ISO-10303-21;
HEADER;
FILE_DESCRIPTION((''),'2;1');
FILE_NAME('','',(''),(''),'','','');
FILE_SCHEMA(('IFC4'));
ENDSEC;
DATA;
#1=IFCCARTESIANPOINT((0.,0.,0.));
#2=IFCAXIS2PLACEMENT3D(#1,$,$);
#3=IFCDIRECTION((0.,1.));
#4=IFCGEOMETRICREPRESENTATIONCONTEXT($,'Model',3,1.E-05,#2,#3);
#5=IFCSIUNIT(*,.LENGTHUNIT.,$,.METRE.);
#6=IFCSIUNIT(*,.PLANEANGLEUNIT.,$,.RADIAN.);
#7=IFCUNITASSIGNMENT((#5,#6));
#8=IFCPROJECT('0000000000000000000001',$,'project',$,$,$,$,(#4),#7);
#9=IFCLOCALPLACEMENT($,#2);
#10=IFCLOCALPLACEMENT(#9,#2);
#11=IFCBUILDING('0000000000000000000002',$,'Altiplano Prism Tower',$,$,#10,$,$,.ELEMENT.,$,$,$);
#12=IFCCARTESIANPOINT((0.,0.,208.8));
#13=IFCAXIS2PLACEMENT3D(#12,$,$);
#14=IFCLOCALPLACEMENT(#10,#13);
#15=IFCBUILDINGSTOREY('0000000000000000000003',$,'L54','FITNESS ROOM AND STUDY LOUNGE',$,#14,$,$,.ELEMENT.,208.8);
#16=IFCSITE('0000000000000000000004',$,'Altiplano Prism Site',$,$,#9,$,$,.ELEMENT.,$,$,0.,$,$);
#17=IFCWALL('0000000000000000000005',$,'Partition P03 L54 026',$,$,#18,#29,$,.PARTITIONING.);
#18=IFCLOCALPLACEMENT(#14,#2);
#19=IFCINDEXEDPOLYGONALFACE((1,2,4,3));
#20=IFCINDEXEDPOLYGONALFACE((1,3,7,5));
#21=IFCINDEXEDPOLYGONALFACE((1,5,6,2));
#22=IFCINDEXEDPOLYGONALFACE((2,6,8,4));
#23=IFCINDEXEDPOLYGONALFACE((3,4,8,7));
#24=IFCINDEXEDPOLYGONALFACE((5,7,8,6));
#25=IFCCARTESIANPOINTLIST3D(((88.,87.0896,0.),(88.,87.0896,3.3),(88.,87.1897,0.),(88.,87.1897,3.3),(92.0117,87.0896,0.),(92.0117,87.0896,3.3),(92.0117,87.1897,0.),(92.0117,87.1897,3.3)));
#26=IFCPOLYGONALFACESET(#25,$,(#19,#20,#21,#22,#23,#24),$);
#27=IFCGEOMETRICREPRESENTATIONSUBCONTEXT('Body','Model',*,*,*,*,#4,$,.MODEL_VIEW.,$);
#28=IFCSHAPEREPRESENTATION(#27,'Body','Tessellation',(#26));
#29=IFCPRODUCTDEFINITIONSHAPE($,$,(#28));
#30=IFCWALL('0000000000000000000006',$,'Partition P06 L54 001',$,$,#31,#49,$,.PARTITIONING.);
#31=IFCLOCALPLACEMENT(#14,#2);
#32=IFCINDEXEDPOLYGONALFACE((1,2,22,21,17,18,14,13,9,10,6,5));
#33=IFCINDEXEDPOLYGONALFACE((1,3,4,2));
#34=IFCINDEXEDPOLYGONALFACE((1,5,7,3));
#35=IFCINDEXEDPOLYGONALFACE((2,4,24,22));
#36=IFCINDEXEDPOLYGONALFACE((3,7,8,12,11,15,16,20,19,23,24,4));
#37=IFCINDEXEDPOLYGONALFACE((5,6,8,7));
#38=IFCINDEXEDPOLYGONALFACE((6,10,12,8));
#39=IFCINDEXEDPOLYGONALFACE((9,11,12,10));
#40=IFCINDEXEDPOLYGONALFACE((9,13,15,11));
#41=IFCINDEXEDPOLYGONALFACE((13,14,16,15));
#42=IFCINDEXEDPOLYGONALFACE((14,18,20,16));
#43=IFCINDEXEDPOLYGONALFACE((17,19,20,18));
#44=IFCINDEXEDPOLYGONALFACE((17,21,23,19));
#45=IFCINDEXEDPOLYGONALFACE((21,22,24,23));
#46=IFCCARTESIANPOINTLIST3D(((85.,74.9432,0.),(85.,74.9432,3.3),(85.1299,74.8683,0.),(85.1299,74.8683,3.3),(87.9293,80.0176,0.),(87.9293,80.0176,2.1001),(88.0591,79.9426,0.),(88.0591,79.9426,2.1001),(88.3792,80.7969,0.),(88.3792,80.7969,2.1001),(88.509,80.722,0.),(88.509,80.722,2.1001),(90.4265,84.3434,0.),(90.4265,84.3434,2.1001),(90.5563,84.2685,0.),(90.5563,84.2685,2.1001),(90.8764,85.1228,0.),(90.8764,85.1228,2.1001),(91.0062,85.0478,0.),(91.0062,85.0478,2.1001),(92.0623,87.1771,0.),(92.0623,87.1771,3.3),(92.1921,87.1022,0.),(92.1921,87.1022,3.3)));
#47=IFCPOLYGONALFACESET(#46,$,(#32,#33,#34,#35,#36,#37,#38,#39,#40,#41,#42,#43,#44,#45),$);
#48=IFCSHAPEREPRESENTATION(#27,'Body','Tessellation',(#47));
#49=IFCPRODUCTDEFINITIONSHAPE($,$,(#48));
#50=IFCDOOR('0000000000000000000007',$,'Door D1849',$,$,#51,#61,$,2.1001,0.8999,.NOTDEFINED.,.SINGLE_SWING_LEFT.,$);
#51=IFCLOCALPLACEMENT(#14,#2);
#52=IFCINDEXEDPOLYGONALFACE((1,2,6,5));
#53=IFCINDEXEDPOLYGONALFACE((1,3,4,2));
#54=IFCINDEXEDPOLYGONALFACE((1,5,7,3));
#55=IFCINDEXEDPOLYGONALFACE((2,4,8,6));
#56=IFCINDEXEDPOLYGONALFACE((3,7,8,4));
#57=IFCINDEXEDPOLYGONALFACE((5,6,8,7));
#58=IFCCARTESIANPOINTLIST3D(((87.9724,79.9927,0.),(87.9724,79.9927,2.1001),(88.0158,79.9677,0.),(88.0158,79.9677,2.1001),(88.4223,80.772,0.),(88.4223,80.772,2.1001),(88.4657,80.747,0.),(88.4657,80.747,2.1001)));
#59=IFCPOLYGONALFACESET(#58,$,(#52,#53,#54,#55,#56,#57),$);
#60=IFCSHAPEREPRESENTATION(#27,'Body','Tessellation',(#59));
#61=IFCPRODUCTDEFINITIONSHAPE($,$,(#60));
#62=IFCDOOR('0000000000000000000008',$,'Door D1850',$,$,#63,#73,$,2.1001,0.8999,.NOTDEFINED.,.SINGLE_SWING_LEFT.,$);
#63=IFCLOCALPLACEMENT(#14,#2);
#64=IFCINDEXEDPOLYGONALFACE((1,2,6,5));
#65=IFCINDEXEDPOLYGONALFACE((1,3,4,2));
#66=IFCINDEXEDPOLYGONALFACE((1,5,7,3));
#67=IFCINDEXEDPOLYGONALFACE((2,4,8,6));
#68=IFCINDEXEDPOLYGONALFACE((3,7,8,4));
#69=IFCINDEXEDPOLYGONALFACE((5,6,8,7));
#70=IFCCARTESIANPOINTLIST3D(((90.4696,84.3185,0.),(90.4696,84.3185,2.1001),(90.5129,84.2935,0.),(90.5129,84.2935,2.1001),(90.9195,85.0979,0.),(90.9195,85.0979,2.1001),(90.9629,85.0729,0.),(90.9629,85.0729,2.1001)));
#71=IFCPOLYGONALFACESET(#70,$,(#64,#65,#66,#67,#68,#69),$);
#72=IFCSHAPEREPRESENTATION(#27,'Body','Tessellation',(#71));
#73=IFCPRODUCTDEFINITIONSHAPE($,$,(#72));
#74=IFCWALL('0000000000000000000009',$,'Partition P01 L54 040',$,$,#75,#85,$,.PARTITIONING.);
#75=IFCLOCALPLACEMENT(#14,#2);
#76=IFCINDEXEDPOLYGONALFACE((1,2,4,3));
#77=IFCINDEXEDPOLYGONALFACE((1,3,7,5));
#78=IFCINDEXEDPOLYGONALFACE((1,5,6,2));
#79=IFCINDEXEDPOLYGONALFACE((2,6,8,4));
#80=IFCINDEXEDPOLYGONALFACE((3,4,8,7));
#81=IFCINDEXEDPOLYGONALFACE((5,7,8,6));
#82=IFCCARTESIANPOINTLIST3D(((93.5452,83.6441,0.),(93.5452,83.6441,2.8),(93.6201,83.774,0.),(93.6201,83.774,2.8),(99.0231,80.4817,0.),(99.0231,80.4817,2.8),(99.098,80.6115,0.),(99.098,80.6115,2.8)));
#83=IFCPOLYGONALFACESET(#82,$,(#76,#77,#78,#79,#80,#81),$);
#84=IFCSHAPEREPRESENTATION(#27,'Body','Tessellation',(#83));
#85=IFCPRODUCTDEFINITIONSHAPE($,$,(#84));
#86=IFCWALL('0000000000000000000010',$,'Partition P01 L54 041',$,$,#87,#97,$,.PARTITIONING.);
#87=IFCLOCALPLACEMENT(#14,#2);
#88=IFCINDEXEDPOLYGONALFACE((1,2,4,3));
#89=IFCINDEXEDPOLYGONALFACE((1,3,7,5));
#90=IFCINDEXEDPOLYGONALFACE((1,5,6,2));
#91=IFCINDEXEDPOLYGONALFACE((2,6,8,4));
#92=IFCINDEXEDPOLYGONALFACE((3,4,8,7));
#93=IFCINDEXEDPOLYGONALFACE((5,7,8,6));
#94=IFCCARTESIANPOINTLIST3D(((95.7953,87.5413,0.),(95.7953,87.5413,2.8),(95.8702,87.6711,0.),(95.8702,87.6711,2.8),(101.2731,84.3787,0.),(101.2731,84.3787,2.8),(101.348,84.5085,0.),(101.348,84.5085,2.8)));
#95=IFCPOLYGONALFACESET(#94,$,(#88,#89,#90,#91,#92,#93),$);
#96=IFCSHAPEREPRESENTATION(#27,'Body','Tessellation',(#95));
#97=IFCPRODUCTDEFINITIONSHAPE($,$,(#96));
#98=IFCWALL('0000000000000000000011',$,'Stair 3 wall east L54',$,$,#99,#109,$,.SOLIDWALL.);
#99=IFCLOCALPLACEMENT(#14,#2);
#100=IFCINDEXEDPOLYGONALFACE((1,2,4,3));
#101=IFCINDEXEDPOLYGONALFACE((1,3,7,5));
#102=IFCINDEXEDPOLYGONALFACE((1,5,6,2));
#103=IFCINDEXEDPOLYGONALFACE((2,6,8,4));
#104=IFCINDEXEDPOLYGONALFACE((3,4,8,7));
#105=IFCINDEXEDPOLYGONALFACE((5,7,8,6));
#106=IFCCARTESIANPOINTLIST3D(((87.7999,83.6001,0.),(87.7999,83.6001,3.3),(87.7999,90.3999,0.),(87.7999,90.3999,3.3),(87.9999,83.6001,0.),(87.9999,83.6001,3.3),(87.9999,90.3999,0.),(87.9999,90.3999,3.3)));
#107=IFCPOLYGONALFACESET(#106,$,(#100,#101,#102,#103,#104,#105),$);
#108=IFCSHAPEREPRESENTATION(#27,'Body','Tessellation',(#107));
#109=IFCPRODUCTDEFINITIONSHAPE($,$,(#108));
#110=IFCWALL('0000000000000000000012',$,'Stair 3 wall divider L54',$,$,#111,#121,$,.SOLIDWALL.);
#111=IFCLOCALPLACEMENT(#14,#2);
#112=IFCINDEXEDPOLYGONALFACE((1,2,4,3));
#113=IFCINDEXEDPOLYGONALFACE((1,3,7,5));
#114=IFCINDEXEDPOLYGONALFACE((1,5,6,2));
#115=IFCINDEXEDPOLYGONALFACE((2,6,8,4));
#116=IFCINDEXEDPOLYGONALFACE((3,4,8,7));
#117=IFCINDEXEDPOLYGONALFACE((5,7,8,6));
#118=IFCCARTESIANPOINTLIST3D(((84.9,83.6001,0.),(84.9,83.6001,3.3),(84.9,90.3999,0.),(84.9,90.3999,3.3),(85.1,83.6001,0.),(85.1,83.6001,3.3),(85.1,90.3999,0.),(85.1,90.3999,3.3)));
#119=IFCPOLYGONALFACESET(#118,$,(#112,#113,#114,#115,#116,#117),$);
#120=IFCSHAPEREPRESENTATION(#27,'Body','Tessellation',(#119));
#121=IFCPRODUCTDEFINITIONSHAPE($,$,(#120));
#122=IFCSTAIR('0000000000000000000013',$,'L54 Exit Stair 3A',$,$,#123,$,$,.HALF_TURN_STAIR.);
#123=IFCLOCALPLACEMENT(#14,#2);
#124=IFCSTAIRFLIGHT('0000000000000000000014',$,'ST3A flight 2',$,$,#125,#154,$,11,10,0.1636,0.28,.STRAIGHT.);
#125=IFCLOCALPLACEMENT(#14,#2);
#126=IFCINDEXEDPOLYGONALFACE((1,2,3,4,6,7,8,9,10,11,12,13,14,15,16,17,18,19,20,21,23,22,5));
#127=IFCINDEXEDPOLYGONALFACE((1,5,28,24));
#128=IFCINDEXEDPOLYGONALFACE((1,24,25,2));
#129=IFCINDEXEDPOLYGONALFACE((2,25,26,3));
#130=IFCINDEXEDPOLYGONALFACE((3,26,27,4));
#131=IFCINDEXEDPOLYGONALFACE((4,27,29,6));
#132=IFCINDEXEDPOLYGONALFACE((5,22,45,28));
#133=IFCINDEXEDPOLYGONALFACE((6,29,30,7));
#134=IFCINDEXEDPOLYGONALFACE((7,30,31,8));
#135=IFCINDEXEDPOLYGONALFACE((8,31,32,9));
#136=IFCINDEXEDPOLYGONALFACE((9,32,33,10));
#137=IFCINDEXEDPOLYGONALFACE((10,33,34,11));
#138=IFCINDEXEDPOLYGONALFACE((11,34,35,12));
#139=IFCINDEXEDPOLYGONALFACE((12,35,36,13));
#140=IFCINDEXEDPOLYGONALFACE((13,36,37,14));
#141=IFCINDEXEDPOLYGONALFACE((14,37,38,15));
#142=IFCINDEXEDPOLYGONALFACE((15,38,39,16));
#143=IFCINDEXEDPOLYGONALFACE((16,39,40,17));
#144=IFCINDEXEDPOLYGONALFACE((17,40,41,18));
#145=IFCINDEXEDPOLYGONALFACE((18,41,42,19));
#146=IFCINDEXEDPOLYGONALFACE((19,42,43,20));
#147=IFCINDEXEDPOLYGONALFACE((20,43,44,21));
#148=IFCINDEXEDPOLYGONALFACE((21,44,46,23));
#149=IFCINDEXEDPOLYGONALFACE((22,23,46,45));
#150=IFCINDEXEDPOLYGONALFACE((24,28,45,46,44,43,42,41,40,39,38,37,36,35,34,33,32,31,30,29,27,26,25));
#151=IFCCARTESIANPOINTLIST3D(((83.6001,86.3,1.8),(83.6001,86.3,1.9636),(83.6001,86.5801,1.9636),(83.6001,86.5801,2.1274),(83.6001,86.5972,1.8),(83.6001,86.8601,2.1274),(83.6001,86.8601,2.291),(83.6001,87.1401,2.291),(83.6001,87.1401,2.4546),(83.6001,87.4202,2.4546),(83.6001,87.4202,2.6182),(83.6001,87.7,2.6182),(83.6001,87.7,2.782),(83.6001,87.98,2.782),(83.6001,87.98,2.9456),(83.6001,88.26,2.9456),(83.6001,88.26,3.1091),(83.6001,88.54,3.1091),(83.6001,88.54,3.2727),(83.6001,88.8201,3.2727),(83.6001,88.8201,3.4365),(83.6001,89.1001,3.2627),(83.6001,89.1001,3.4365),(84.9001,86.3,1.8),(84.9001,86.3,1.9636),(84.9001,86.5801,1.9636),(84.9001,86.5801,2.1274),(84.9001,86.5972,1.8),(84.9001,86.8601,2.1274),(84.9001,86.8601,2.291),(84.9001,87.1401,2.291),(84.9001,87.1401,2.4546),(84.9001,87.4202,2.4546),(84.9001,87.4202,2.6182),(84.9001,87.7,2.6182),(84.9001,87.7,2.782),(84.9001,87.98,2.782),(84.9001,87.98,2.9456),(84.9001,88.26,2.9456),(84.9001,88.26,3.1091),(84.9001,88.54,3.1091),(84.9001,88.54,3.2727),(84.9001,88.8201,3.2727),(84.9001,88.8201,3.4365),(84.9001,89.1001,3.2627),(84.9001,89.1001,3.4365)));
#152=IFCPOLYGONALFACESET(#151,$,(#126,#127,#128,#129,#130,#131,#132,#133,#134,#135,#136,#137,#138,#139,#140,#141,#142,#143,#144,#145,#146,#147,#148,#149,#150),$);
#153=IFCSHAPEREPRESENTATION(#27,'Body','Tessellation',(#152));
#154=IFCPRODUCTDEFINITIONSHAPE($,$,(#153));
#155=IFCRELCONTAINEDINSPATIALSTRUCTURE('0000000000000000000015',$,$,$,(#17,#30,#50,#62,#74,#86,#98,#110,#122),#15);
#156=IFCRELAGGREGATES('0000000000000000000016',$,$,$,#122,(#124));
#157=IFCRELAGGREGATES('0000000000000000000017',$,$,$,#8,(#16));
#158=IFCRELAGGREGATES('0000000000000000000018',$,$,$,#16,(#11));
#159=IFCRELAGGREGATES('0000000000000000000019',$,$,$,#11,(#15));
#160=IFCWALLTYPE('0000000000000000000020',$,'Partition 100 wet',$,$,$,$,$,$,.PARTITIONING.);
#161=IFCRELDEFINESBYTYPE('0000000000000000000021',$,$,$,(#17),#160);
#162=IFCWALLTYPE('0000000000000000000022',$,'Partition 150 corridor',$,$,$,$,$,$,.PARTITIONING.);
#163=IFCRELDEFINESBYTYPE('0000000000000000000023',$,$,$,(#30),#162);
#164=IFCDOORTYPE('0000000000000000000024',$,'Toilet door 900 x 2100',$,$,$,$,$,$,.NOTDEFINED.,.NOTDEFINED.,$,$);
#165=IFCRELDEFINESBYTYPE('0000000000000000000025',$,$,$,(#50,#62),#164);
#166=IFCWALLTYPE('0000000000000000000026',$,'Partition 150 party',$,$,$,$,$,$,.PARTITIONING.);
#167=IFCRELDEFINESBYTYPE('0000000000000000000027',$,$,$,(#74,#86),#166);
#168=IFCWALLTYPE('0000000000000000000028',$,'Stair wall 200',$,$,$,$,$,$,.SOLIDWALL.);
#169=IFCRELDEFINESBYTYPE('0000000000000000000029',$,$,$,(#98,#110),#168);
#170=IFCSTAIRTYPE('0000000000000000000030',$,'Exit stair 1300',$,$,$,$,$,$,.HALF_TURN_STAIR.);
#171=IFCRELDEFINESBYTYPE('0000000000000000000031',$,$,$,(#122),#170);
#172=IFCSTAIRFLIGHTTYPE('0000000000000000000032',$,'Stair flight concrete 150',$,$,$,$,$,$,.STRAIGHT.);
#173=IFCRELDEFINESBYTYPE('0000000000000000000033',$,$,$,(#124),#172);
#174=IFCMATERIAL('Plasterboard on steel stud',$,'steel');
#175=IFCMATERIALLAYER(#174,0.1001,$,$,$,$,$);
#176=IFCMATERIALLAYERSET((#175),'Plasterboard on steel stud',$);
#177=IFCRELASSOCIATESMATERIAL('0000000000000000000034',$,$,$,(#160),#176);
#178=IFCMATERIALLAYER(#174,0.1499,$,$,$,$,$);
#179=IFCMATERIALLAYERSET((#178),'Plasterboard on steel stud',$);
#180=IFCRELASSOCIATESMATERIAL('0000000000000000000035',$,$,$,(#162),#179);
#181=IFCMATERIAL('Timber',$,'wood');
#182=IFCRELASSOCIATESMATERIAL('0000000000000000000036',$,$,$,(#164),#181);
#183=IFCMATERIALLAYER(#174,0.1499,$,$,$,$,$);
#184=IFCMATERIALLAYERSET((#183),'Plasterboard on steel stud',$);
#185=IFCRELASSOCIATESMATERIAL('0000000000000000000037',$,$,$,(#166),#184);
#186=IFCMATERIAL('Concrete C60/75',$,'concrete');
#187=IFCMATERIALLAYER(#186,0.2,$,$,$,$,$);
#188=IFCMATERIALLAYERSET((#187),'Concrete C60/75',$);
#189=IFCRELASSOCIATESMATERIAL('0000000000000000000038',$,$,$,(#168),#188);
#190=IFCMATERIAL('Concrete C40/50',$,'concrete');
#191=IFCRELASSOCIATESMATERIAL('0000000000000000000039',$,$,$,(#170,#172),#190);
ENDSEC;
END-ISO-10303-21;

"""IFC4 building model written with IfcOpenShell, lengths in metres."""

from ifc_helpers import new_model, si_unit, direction, frame, frame_2d, origin, place, context, subcontext, project, spatial, polyline, rectangle, outline, extrude, material, layer, layer_set, type_object, element, fill, aggregate, save


model = new_model("IFC4")

# Units and contexts
model_context = context("Model", 3, precision=1e-05, world=origin(), true_north=direction((0.0, 1.0)))
body_context = subcontext(model_context, "Body", "Model", "MODEL_VIEW")
ifc_project = project(units=[si_unit("LENGTHUNIT", "METRE"), si_unit("PLANEANGLEUNIT", "RADIAN")], contexts=[model_context])

# Site, building, storey
site_placement = place(None, origin())
site = spatial("IfcSite", under=ifc_project, at=site_placement, Name="Altiplano Prism Site", CompositionType="ELEMENT", RefElevation=0.0)
building_placement = place(site_placement, origin())
building = spatial("IfcBuilding", under=site, at=building_placement, Name="Altiplano Prism Tower", CompositionType="ELEMENT")
storey_placement = place(building_placement, frame((0.0, 0.0, 208.8)))
storey = spatial("IfcBuildingStorey", under=building, at=storey_placement, Name="L54", Description="FITNESS ROOM AND STUDY LOUNGE", CompositionType="ELEMENT", Elevation=208.8)

# Shared definitions
ifc_material_1 = material(Name="Concrete C60/75", Category="concrete")

# Wall
ifc_material_2 = material(Name="Plasterboard on steel stud", Category="steel")
ifc_layer_1 = layer(ifc_material_2, 0.1001)
ifc_layer_set_1 = layer_set([ifc_layer_1], Name="Plasterboard on steel stud")
wall_type_1 = type_object("IfcWallType", Name="Partition 100 wet", PredefinedType="PARTITIONING", material=ifc_layer_set_1)
wall_1_placement = place(storey_placement, frame((92.0117, 87.1396, 0.0), z_axis=(0.0, 0.0, 1.0), x_axis=(-1.0, 0.0, 0.0)))
element("IfcWall", 1, at=wall_1_placement, inside=storey, type_object=wall_type_1, Name="Partition P03 L54 026", PredefinedType="PARTITIONING", context=body_context, shape_type="SweptSolid", body=[
    extrude(rectangle(XDim=4.0117, YDim=0.1001, at=frame_2d((2.0059, 0.0))), origin(), (0.0, 0.0, 1.0), 3.3),
])

# Wall, openings, doors
ifc_layer_2 = layer(ifc_material_2, 0.1499)
ifc_layer_set_2 = layer_set([ifc_layer_2], Name="Plasterboard on steel stud")
wall_type_2 = type_object("IfcWallType", Name="Partition 150 corridor", PredefinedType="PARTITIONING", material=ifc_layer_set_2)
wall_2_placement = place(storey_placement, frame((92.1272, 87.1396, 0.0), z_axis=(0.0, 0.0, 1.0), x_axis=(-0.499948, -0.866056, 0.0)))
wall_2 = element("IfcWall", 2, at=wall_2_placement, inside=storey, type_object=wall_type_2, Name="Partition P06 L54 001", PredefinedType="PARTITIONING", context=body_context, shape_type="SweptSolid", body=[
    extrude(rectangle(XDim=14.126, YDim=0.1499, at=frame_2d((7.063, 0.0))), origin(), (0.0, 0.0, 1.0), 3.3),
])
opening_1_placement = place(wall_2_placement, frame((7.3669, 0.0, 0.0)))
opening_1 = element("IfcOpeningElement", 3, at=opening_1_placement, cuts=wall_2, PredefinedType="OPENING", context=body_context, shape_type="SweptSolid", body=[
    extrude(rectangle(XDim=0.8999, YDim=2.1001, at=frame_2d((0.45, 1.05))), frame((0.0, 0.0854, 0.0), z_axis=(0.0, -1.0, 0.0), x_axis=(1.0, 0.0, 0.0)), (0.0, 0.0, 1.0), 0.1709),
])
opening_2_placement = place(wall_2_placement, frame((2.3721, 0.0, 0.0)))
opening_2 = element("IfcOpeningElement", 4, at=opening_2_placement, cuts=wall_2, PredefinedType="OPENING", context=body_context, shape_type="SweptSolid", body=[
    extrude(rectangle(XDim=0.8999, YDim=2.1001, at=frame_2d((0.45, 1.05))), frame((0.0, 0.0854, 0.0), z_axis=(0.0, -1.0, 0.0), x_axis=(1.0, 0.0, 0.0)), (0.0, 0.0, 1.0), 0.1709),
])
ifc_material_3 = material(Name="Timber", Category="wood")
door_type = type_object("IfcDoorType", Name="Toilet door 900 x 2100", OperationType="NOTDEFINED", PredefinedType="NOTDEFINED", material=ifc_material_3)
door_1_placement = place(opening_1_placement, origin())
door_1 = element("IfcDoor", 5, at=door_1_placement, inside=storey, type_object=door_type, Name="Door D1849", OperationType="SINGLE_SWING_LEFT", OverallHeight=2.1001, OverallWidth=0.8999, PredefinedType="NOTDEFINED", context=body_context, shape_type="SweptSolid", body=[
    extrude(rectangle(XDim=0.8999, YDim=2.1001, at=frame_2d((0.45, 1.05))), frame((0.0, 0.0249, 0.0), z_axis=(0.0, -1.0, 0.0), x_axis=(1.0, 0.0, 0.0)), (0.0, 0.0, 1.0), 0.05),
])
fill(opening_1, door_1)
door_2_placement = place(opening_2_placement, origin())
door_2 = element("IfcDoor", 6, at=door_2_placement, inside=storey, type_object=door_type, Name="Door D1850", OperationType="SINGLE_SWING_LEFT", OverallHeight=2.1001, OverallWidth=0.8999, PredefinedType="NOTDEFINED", context=body_context, shape_type="SweptSolid", body=[
    extrude(rectangle(XDim=0.8999, YDim=2.1001, at=frame_2d((0.45, 1.05))), frame((0.0, 0.0249, 0.0), z_axis=(0.0, -1.0, 0.0), x_axis=(1.0, 0.0, 0.0)), (0.0, 0.0, 1.0), 0.05),
])
fill(opening_2, door_2)

# Walls
ifc_layer_3 = layer(ifc_material_2, 0.1499)
ifc_layer_set_3 = layer_set([ifc_layer_3], Name="Plasterboard on steel stud")
wall_type_3 = type_object("IfcWallType", Name="Partition 150 party", PredefinedType="PARTITIONING", material=ifc_layer_set_3)
for number, where, z_axis, x_axis, name in (
    (7, (99.0605, 80.5466, 0.0), (0.0, 0.0, 1.0), (-0.866042, 0.499971, 0.0), "Partition P01 L54 040"),
    (8, (101.3105, 84.4436, 0.0), (0.0, 0.0, 1.0), (-0.866026, 0.5, 0.0), "Partition P01 L54 041"),
):
    element("IfcWall", number, at=place(storey_placement, frame(where, z_axis=z_axis, x_axis=x_axis)), inside=storey, type_object=wall_type_3, Name=name, PredefinedType="PARTITIONING", context=body_context, shape_type="SweptSolid", body=[
        extrude(rectangle(XDim=6.3252, YDim=0.1499, at=frame_2d((3.1626, 0.0))), origin(), (0.0, 0.0, 1.0), 2.8),
    ])
ifc_layer_4 = layer(ifc_material_1, 0.2)
ifc_layer_set_4 = layer_set([ifc_layer_4], Name="Concrete C60/75")
wall_type_4 = type_object("IfcWallType", Name="Stair wall 200", PredefinedType="SOLIDWALL", material=ifc_layer_set_4)
for number, where, z_axis, x_axis, name in (
    (9, (87.8999, 83.6001, 0.0), (0.0, 0.0, 1.0), (0.0, 1.0, 0.0), "Stair 3 wall east L54"),
    (10, (85.0, 83.6001, 0.0), (0.0, 0.0, 1.0), (0.0, 1.0, 0.0), "Stair 3 wall divider L54"),
):
    element("IfcWall", number, at=place(storey_placement, frame(where, z_axis=z_axis, x_axis=x_axis)), inside=storey, type_object=wall_type_4, Name=name, PredefinedType="SOLIDWALL", context=body_context, shape_type="SweptSolid", body=[
        extrude(rectangle(XDim=6.7998, YDim=0.2, at=frame_2d((3.3999, 0.0))), origin(), (0.0, 0.0, 1.0), 3.3),
    ])

# Stair, stair flight
ifc_material_4 = material(Name="Concrete C40/50", Category="concrete")
stair_type = type_object("IfcStairType", Name="Exit stair 1300", PredefinedType="HALF_TURN_STAIR", material=ifc_material_4)
stair_1_placement = place(storey_placement, origin())
stair_1 = element("IfcStair", 11, at=stair_1_placement, inside=storey, type_object=stair_type, Name="L54 Exit Stair 3A", PredefinedType="HALF_TURN_STAIR")
stair_flight_type = type_object("IfcStairFlightType", Name="Stair flight concrete 150", PredefinedType="STRAIGHT", material=ifc_material_4)
stair_flight_1_placement = place(storey_placement, frame((84.25, 86.3, 1.8), z_axis=(0.0, 0.0, 1.0), x_axis=(0.0, 1.0, 0.0)))
stair_flight_1 = element("IfcStairFlight", 12, at=stair_flight_1_placement, type_object=stair_flight_type, Name="ST3A flight 2", NumberOfRisers=11, NumberOfTreads=10, PredefinedType="STRAIGHT", RiserHeight=0.1636, TreadLength=0.28, context=body_context, shape_type="SweptSolid", body=[
    extrude(outline(polyline([(0.0, 0.0), (0.0, 0.1636), (0.28, 0.1636), (0.28, 0.3274), (0.5601, 0.3274), (0.5601, 0.491), (0.8401, 0.491), (0.8401, 0.6545), (1.1201, 0.6545), (1.1201, 0.8181), (1.3999, 0.8181), (1.3999, 0.9819), (1.6799, 0.9819), (1.6799, 1.1455), (1.96, 1.1455), (1.96, 1.3091), (2.24, 1.3091), (2.24, 1.4727), (2.52, 1.4727), (2.52, 1.6365), (2.8, 1.6365), (2.8, 1.8), (2.8, 1.4626), (0.2971, 0.0), (0.0, 0.0)])), frame((0.0, 0.6499, 0.0), z_axis=(0.0, -1.0, 0.0), x_axis=(1.0, 0.0, 0.0)), (0.0, 0.0, 1.0), 1.3),
])
aggregate(stair_1, [stair_flight_1])

save(model, "model.ifc")
